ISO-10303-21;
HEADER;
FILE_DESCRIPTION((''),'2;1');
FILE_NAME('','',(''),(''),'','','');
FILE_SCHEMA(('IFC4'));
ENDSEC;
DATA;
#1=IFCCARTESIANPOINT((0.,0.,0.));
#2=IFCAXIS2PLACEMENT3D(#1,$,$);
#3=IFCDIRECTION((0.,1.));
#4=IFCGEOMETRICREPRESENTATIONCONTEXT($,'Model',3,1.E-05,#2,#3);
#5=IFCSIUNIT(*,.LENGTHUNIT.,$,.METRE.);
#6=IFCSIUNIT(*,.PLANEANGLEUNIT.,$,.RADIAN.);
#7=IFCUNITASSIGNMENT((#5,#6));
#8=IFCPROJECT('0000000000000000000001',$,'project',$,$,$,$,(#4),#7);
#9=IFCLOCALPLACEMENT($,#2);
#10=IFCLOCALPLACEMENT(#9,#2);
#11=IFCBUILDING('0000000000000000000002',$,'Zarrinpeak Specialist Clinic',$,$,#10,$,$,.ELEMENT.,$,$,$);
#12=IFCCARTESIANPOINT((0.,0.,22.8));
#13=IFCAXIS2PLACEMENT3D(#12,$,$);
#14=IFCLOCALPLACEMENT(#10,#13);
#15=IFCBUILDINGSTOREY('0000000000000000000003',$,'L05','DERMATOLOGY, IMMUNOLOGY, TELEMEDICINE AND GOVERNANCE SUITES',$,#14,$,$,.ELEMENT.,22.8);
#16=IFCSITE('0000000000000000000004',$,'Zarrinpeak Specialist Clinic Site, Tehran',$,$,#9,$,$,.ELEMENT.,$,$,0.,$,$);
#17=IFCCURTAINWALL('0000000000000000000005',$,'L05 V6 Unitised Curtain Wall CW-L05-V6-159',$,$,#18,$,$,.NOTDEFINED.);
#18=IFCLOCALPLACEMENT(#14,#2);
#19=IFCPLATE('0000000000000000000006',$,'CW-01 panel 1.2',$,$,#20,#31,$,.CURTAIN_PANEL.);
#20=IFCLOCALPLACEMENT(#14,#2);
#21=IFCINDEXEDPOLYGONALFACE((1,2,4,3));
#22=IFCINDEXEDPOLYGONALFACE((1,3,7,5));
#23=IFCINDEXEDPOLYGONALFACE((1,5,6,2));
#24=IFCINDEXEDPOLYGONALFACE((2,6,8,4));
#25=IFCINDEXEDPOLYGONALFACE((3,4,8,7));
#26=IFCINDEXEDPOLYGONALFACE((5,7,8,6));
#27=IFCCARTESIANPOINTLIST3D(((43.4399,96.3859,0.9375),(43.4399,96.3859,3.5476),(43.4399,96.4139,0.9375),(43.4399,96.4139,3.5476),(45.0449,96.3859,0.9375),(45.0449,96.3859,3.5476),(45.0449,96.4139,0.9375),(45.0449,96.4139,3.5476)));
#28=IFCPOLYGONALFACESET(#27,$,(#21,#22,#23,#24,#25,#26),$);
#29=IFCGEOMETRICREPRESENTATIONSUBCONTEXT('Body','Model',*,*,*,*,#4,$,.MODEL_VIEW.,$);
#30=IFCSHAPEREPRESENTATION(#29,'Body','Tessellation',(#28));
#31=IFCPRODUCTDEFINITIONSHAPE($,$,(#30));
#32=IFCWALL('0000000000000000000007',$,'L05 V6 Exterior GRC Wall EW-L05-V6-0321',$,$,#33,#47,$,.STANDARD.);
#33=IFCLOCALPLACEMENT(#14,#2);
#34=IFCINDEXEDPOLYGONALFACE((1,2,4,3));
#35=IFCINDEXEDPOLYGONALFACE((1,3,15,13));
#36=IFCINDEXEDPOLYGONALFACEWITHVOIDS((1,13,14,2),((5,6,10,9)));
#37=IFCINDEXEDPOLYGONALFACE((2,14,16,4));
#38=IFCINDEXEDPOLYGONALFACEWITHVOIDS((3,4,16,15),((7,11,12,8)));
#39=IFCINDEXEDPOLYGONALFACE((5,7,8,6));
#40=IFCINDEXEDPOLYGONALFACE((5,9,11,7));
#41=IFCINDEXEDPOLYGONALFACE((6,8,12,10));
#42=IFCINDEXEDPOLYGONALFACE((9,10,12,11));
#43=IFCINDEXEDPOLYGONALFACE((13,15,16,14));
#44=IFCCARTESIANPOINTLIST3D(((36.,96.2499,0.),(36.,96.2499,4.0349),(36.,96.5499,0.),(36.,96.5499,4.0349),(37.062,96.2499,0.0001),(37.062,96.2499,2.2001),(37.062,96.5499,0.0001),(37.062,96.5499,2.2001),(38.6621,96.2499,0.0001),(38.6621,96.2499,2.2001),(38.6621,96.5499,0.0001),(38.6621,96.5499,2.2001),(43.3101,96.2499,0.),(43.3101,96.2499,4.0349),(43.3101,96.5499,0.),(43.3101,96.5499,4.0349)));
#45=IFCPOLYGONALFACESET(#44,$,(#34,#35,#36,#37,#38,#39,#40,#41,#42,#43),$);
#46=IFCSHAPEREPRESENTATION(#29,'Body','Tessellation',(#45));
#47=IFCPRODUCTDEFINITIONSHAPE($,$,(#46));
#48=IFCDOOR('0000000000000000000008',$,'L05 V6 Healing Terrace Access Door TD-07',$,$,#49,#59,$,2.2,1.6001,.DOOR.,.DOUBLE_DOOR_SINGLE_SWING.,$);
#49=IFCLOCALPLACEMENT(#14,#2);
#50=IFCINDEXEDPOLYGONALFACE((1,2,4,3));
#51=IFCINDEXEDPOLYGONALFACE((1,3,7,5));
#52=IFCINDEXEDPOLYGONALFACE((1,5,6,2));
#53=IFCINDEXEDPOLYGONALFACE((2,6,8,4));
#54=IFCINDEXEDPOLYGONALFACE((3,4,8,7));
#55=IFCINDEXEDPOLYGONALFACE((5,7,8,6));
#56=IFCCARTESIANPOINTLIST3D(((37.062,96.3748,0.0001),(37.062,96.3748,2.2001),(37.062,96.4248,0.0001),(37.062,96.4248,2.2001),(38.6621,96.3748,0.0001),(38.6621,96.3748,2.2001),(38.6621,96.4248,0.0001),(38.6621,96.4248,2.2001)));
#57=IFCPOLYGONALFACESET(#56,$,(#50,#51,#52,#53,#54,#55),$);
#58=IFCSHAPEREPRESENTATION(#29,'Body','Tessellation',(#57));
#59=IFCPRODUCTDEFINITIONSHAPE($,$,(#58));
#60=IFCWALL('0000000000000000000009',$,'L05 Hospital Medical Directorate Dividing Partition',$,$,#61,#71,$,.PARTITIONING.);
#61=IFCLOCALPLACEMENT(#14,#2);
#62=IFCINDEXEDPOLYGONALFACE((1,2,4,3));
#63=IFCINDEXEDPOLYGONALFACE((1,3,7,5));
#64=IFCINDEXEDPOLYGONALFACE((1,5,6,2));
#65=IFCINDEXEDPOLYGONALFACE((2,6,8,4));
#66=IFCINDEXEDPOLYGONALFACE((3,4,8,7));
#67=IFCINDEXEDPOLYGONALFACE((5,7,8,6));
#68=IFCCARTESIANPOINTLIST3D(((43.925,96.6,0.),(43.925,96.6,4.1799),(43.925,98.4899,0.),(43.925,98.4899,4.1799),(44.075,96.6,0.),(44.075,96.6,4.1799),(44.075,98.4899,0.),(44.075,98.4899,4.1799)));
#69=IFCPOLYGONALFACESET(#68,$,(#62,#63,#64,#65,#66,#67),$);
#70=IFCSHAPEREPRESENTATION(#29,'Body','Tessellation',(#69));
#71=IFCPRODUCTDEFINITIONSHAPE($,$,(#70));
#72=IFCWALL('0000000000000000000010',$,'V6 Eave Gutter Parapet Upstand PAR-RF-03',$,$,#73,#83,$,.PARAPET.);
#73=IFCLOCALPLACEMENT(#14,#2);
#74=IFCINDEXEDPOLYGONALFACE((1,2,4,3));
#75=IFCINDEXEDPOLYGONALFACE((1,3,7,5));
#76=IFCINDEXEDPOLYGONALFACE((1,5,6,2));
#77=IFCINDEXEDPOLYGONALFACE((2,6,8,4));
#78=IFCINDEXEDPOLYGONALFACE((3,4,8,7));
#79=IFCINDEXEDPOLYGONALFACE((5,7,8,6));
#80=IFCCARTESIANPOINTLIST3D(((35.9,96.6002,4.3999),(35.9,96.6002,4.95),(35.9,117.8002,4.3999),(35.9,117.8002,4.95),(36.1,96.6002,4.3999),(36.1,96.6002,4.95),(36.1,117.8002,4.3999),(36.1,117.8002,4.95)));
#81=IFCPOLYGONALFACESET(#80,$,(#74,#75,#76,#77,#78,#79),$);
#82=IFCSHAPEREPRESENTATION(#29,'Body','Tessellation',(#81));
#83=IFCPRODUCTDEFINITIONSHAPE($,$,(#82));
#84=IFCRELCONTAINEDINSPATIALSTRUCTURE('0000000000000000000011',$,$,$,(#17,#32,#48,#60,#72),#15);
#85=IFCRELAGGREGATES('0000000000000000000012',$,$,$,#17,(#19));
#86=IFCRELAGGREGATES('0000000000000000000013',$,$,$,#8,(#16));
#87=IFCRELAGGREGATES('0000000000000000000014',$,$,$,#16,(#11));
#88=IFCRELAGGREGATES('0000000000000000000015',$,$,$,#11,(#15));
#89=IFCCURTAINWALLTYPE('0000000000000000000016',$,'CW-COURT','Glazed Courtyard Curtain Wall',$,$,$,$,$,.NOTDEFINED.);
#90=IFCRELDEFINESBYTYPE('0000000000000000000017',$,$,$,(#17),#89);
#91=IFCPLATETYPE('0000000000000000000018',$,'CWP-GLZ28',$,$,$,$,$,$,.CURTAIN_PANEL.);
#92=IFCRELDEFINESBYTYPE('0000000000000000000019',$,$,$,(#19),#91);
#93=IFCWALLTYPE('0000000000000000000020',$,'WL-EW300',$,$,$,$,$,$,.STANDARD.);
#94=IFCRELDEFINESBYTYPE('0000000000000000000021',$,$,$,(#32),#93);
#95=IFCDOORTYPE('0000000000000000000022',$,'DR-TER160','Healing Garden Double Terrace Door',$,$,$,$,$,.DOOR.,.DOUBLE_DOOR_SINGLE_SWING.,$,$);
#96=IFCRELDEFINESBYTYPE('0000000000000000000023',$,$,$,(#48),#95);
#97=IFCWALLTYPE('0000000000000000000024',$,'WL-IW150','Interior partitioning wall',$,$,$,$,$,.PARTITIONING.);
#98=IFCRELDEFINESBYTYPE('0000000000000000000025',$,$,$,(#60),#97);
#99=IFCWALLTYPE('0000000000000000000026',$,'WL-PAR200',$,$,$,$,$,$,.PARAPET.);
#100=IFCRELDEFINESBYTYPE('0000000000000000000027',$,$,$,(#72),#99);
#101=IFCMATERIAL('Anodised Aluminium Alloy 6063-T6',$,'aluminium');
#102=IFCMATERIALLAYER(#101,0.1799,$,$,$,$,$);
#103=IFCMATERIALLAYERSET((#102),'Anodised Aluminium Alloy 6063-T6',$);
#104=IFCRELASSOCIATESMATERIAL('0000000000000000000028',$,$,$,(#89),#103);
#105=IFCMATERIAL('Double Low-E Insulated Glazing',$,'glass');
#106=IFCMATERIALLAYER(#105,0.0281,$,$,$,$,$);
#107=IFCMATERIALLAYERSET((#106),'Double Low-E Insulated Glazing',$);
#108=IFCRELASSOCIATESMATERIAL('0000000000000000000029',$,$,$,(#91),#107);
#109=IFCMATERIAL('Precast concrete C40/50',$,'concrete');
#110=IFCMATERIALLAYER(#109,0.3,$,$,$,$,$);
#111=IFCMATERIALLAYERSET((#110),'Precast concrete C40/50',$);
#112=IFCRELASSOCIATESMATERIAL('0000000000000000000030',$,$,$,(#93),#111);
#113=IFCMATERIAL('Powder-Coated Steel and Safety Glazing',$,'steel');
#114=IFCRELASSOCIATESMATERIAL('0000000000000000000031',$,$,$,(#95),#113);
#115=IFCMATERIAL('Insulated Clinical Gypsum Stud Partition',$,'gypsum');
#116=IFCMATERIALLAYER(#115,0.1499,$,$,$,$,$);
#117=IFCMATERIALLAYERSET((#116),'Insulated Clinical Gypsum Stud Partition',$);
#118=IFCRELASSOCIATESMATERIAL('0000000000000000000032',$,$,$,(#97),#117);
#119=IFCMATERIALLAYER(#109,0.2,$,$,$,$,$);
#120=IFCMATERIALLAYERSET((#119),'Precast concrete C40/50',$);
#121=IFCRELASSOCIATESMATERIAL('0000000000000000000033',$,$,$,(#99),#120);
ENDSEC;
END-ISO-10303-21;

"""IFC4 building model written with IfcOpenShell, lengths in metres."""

from ifc_helpers import new_model, si_unit, direction, frame, frame_2d, origin, origin_2d, place, context, subcontext, project, spatial, rectangle, extrude, material, layer, layer_set, type_object, element, fill, aggregate, save


model = new_model("IFC4")

# Units and contexts
model_context = context("Model", 3, precision=1e-05, world=origin(), true_north=direction((0.0, 1.0)))
body_context = subcontext(model_context, "Body", "Model", "MODEL_VIEW")
ifc_project = project(units=[si_unit("LENGTHUNIT", "METRE"), si_unit("PLANEANGLEUNIT", "RADIAN")], contexts=[model_context])

# Site, building, storey
site_placement = place(None, origin())
site = spatial("IfcSite", under=ifc_project, at=site_placement, Name="Zarrinpeak Specialist Clinic Site, Tehran", CompositionType="ELEMENT", RefElevation=0.0)
building_placement = place(site_placement, origin())
building = spatial("IfcBuilding", under=site, at=building_placement, Name="Zarrinpeak Specialist Clinic", CompositionType="ELEMENT")
storey_placement = place(building_placement, frame((0.0, 0.0, 22.8)))
storey = spatial("IfcBuildingStorey", under=building, at=storey_placement, Name="L05", Description="DERMATOLOGY, IMMUNOLOGY, TELEMEDICINE AND GOVERNANCE SUITES", CompositionType="ELEMENT", Elevation=22.8)

# Curtain wall
ifc_material_1 = material(Name="Anodised Aluminium Alloy 6063-T6", Category="aluminium")
ifc_layer_1 = layer(ifc_material_1, 0.1799)
ifc_layer_set_1 = layer_set([ifc_layer_1], Name="Anodised Aluminium Alloy 6063-T6")
curtain_wall_type_1 = type_object("IfcCurtainWallType", Name="CW-COURT", Description="Glazed Courtyard Curtain Wall", PredefinedType="NOTDEFINED", material=ifc_layer_set_1)
curtain_wall_1_placement = place(storey_placement, origin())
curtain_wall_1 = element("IfcCurtainWall", 1, at=curtain_wall_1_placement, inside=storey, type_object=curtain_wall_type_1, Name="L05 V6 Unitised Curtain Wall CW-L05-V6-159", PredefinedType="NOTDEFINED")

# Plate
ifc_material_2 = material(Name="Double Low-E Insulated Glazing", Category="glass")
ifc_layer_2 = layer(ifc_material_2, 0.0281)
ifc_layer_set_2 = layer_set([ifc_layer_2], Name="Double Low-E Insulated Glazing")
plate_type = type_object("IfcPlateType", Name="CWP-GLZ28", PredefinedType="CURTAIN_PANEL", material=ifc_layer_set_2)
plate_1_placement = place(storey_placement, frame((44.2424, 96.3999, 0.9375), z_axis=(0.0, 0.0, 1.0), x_axis=(1.0, 0.0, 0.0)))
plate_1 = element("IfcPlate", 2, at=plate_1_placement, type_object=plate_type, Name="CW-01 panel 1.2", PredefinedType="CURTAIN_PANEL", context=body_context, shape_type="SweptSolid", body=[
    extrude(rectangle(XDim=1.605, YDim=0.0281, at=origin_2d()), origin(), (0.0, 0.0, 1.0), 2.6101),
])
aggregate(curtain_wall_1, [plate_1])

# Wall, opening, door
ifc_material_3 = material(Name="Precast concrete C40/50", Category="concrete")
ifc_layer_3 = layer(ifc_material_3, 0.3)
ifc_layer_set_3 = layer_set([ifc_layer_3], Name="Precast concrete C40/50")
wall_type_1 = type_object("IfcWallType", Name="WL-EW300", PredefinedType="STANDARD", material=ifc_layer_set_3)
wall_1_placement = place(storey_placement, frame((36.0, 96.3999, 0.0), z_axis=(0.0, 0.0, 1.0), x_axis=(1.0, 0.0, 0.0)))
wall_1 = element("IfcWall", 3, at=wall_1_placement, inside=storey, type_object=wall_type_1, Name="L05 V6 Exterior GRC Wall EW-L05-V6-0321", PredefinedType="STANDARD", context=body_context, shape_type="SweptSolid", body=[
    extrude(rectangle(XDim=7.3101, YDim=0.3, at=frame_2d((3.655, 0.0))), origin(), (0.0, 0.0, 1.0), 4.0349),
])
opening_placement = place(wall_1_placement, frame((1.062, 0.0, 0.0)))
opening = element("IfcOpeningElement", 4, at=opening_placement, cuts=wall_1, PredefinedType="OPENING", context=body_context, shape_type="SweptSolid", body=[
    extrude(rectangle(XDim=1.6001, YDim=2.2, at=frame_2d((0.8, 1.1001))), frame((0.0, 0.1602, 0.0), z_axis=(0.0, -1.0, 0.0), x_axis=(1.0, 0.0, 0.0)), (0.0, 0.0, 1.0), 0.3201),
])
ifc_material_4 = material(Name="Powder-Coated Steel and Safety Glazing", Category="steel")
door_type = type_object("IfcDoorType", Name="DR-TER160", Description="Healing Garden Double Terrace Door", OperationType="DOUBLE_DOOR_SINGLE_SWING", PredefinedType="DOOR", material=ifc_material_4)
door_placement = place(opening_placement, origin())
door = element("IfcDoor", 5, at=door_placement, inside=storey, type_object=door_type, Name="L05 V6 Healing Terrace Access Door TD-07", OperationType="DOUBLE_DOOR_SINGLE_SWING", OverallHeight=2.2, OverallWidth=1.6001, PredefinedType="DOOR", context=body_context, shape_type="SweptSolid", body=[
    extrude(rectangle(XDim=1.6001, YDim=2.2, at=frame_2d((0.8, 1.1001))), frame((0.0, 0.0249, 0.0), z_axis=(0.0, -1.0, 0.0), x_axis=(1.0, 0.0, 0.0)), (0.0, 0.0, 1.0), 0.05),
])
fill(opening, door)

# Walls
ifc_material_5 = material(Name="Insulated Clinical Gypsum Stud Partition", Category="gypsum")
ifc_layer_4 = layer(ifc_material_5, 0.1499)
ifc_layer_set_4 = layer_set([ifc_layer_4], Name="Insulated Clinical Gypsum Stud Partition")
wall_type_2 = type_object("IfcWallType", Name="WL-IW150", Description="Interior partitioning wall", PredefinedType="PARTITIONING", material=ifc_layer_set_4)
wall_2_placement = place(storey_placement, frame((44.0, 96.6001, 0.0), z_axis=(0.0, 0.0, 1.0), x_axis=(0.0, 1.0, 0.0)))
element("IfcWall", 6, at=wall_2_placement, inside=storey, type_object=wall_type_2, Name="L05 Hospital Medical Directorate Dividing Partition", PredefinedType="PARTITIONING", context=body_context, shape_type="SweptSolid", body=[
    extrude(rectangle(XDim=1.8899, YDim=0.1499, at=frame_2d((0.9448, 0.0))), origin(), (0.0, 0.0, 1.0), 4.1799),
])
ifc_layer_5 = layer(ifc_material_3, 0.2)
ifc_layer_set_5 = layer_set([ifc_layer_5], Name="Precast concrete C40/50")
wall_type_3 = type_object("IfcWallType", Name="WL-PAR200", PredefinedType="PARAPET", material=ifc_layer_set_5)
wall_3_placement = place(storey_placement, frame((36.0, 96.6001, 4.3999), z_axis=(0.0, 0.0, 1.0), x_axis=(0.0, 1.0, 0.0)))
element("IfcWall", 7, at=wall_3_placement, inside=storey, type_object=wall_type_3, Name="V6 Eave Gutter Parapet Upstand PAR-RF-03", PredefinedType="PARAPET", context=body_context, shape_type="SweptSolid", body=[
    extrude(rectangle(XDim=21.2, YDim=0.2, at=frame_2d((10.6001, 0.0))), origin(), (0.0, 0.0, 1.0), 0.55),
])

save(model, "model.ifc")
